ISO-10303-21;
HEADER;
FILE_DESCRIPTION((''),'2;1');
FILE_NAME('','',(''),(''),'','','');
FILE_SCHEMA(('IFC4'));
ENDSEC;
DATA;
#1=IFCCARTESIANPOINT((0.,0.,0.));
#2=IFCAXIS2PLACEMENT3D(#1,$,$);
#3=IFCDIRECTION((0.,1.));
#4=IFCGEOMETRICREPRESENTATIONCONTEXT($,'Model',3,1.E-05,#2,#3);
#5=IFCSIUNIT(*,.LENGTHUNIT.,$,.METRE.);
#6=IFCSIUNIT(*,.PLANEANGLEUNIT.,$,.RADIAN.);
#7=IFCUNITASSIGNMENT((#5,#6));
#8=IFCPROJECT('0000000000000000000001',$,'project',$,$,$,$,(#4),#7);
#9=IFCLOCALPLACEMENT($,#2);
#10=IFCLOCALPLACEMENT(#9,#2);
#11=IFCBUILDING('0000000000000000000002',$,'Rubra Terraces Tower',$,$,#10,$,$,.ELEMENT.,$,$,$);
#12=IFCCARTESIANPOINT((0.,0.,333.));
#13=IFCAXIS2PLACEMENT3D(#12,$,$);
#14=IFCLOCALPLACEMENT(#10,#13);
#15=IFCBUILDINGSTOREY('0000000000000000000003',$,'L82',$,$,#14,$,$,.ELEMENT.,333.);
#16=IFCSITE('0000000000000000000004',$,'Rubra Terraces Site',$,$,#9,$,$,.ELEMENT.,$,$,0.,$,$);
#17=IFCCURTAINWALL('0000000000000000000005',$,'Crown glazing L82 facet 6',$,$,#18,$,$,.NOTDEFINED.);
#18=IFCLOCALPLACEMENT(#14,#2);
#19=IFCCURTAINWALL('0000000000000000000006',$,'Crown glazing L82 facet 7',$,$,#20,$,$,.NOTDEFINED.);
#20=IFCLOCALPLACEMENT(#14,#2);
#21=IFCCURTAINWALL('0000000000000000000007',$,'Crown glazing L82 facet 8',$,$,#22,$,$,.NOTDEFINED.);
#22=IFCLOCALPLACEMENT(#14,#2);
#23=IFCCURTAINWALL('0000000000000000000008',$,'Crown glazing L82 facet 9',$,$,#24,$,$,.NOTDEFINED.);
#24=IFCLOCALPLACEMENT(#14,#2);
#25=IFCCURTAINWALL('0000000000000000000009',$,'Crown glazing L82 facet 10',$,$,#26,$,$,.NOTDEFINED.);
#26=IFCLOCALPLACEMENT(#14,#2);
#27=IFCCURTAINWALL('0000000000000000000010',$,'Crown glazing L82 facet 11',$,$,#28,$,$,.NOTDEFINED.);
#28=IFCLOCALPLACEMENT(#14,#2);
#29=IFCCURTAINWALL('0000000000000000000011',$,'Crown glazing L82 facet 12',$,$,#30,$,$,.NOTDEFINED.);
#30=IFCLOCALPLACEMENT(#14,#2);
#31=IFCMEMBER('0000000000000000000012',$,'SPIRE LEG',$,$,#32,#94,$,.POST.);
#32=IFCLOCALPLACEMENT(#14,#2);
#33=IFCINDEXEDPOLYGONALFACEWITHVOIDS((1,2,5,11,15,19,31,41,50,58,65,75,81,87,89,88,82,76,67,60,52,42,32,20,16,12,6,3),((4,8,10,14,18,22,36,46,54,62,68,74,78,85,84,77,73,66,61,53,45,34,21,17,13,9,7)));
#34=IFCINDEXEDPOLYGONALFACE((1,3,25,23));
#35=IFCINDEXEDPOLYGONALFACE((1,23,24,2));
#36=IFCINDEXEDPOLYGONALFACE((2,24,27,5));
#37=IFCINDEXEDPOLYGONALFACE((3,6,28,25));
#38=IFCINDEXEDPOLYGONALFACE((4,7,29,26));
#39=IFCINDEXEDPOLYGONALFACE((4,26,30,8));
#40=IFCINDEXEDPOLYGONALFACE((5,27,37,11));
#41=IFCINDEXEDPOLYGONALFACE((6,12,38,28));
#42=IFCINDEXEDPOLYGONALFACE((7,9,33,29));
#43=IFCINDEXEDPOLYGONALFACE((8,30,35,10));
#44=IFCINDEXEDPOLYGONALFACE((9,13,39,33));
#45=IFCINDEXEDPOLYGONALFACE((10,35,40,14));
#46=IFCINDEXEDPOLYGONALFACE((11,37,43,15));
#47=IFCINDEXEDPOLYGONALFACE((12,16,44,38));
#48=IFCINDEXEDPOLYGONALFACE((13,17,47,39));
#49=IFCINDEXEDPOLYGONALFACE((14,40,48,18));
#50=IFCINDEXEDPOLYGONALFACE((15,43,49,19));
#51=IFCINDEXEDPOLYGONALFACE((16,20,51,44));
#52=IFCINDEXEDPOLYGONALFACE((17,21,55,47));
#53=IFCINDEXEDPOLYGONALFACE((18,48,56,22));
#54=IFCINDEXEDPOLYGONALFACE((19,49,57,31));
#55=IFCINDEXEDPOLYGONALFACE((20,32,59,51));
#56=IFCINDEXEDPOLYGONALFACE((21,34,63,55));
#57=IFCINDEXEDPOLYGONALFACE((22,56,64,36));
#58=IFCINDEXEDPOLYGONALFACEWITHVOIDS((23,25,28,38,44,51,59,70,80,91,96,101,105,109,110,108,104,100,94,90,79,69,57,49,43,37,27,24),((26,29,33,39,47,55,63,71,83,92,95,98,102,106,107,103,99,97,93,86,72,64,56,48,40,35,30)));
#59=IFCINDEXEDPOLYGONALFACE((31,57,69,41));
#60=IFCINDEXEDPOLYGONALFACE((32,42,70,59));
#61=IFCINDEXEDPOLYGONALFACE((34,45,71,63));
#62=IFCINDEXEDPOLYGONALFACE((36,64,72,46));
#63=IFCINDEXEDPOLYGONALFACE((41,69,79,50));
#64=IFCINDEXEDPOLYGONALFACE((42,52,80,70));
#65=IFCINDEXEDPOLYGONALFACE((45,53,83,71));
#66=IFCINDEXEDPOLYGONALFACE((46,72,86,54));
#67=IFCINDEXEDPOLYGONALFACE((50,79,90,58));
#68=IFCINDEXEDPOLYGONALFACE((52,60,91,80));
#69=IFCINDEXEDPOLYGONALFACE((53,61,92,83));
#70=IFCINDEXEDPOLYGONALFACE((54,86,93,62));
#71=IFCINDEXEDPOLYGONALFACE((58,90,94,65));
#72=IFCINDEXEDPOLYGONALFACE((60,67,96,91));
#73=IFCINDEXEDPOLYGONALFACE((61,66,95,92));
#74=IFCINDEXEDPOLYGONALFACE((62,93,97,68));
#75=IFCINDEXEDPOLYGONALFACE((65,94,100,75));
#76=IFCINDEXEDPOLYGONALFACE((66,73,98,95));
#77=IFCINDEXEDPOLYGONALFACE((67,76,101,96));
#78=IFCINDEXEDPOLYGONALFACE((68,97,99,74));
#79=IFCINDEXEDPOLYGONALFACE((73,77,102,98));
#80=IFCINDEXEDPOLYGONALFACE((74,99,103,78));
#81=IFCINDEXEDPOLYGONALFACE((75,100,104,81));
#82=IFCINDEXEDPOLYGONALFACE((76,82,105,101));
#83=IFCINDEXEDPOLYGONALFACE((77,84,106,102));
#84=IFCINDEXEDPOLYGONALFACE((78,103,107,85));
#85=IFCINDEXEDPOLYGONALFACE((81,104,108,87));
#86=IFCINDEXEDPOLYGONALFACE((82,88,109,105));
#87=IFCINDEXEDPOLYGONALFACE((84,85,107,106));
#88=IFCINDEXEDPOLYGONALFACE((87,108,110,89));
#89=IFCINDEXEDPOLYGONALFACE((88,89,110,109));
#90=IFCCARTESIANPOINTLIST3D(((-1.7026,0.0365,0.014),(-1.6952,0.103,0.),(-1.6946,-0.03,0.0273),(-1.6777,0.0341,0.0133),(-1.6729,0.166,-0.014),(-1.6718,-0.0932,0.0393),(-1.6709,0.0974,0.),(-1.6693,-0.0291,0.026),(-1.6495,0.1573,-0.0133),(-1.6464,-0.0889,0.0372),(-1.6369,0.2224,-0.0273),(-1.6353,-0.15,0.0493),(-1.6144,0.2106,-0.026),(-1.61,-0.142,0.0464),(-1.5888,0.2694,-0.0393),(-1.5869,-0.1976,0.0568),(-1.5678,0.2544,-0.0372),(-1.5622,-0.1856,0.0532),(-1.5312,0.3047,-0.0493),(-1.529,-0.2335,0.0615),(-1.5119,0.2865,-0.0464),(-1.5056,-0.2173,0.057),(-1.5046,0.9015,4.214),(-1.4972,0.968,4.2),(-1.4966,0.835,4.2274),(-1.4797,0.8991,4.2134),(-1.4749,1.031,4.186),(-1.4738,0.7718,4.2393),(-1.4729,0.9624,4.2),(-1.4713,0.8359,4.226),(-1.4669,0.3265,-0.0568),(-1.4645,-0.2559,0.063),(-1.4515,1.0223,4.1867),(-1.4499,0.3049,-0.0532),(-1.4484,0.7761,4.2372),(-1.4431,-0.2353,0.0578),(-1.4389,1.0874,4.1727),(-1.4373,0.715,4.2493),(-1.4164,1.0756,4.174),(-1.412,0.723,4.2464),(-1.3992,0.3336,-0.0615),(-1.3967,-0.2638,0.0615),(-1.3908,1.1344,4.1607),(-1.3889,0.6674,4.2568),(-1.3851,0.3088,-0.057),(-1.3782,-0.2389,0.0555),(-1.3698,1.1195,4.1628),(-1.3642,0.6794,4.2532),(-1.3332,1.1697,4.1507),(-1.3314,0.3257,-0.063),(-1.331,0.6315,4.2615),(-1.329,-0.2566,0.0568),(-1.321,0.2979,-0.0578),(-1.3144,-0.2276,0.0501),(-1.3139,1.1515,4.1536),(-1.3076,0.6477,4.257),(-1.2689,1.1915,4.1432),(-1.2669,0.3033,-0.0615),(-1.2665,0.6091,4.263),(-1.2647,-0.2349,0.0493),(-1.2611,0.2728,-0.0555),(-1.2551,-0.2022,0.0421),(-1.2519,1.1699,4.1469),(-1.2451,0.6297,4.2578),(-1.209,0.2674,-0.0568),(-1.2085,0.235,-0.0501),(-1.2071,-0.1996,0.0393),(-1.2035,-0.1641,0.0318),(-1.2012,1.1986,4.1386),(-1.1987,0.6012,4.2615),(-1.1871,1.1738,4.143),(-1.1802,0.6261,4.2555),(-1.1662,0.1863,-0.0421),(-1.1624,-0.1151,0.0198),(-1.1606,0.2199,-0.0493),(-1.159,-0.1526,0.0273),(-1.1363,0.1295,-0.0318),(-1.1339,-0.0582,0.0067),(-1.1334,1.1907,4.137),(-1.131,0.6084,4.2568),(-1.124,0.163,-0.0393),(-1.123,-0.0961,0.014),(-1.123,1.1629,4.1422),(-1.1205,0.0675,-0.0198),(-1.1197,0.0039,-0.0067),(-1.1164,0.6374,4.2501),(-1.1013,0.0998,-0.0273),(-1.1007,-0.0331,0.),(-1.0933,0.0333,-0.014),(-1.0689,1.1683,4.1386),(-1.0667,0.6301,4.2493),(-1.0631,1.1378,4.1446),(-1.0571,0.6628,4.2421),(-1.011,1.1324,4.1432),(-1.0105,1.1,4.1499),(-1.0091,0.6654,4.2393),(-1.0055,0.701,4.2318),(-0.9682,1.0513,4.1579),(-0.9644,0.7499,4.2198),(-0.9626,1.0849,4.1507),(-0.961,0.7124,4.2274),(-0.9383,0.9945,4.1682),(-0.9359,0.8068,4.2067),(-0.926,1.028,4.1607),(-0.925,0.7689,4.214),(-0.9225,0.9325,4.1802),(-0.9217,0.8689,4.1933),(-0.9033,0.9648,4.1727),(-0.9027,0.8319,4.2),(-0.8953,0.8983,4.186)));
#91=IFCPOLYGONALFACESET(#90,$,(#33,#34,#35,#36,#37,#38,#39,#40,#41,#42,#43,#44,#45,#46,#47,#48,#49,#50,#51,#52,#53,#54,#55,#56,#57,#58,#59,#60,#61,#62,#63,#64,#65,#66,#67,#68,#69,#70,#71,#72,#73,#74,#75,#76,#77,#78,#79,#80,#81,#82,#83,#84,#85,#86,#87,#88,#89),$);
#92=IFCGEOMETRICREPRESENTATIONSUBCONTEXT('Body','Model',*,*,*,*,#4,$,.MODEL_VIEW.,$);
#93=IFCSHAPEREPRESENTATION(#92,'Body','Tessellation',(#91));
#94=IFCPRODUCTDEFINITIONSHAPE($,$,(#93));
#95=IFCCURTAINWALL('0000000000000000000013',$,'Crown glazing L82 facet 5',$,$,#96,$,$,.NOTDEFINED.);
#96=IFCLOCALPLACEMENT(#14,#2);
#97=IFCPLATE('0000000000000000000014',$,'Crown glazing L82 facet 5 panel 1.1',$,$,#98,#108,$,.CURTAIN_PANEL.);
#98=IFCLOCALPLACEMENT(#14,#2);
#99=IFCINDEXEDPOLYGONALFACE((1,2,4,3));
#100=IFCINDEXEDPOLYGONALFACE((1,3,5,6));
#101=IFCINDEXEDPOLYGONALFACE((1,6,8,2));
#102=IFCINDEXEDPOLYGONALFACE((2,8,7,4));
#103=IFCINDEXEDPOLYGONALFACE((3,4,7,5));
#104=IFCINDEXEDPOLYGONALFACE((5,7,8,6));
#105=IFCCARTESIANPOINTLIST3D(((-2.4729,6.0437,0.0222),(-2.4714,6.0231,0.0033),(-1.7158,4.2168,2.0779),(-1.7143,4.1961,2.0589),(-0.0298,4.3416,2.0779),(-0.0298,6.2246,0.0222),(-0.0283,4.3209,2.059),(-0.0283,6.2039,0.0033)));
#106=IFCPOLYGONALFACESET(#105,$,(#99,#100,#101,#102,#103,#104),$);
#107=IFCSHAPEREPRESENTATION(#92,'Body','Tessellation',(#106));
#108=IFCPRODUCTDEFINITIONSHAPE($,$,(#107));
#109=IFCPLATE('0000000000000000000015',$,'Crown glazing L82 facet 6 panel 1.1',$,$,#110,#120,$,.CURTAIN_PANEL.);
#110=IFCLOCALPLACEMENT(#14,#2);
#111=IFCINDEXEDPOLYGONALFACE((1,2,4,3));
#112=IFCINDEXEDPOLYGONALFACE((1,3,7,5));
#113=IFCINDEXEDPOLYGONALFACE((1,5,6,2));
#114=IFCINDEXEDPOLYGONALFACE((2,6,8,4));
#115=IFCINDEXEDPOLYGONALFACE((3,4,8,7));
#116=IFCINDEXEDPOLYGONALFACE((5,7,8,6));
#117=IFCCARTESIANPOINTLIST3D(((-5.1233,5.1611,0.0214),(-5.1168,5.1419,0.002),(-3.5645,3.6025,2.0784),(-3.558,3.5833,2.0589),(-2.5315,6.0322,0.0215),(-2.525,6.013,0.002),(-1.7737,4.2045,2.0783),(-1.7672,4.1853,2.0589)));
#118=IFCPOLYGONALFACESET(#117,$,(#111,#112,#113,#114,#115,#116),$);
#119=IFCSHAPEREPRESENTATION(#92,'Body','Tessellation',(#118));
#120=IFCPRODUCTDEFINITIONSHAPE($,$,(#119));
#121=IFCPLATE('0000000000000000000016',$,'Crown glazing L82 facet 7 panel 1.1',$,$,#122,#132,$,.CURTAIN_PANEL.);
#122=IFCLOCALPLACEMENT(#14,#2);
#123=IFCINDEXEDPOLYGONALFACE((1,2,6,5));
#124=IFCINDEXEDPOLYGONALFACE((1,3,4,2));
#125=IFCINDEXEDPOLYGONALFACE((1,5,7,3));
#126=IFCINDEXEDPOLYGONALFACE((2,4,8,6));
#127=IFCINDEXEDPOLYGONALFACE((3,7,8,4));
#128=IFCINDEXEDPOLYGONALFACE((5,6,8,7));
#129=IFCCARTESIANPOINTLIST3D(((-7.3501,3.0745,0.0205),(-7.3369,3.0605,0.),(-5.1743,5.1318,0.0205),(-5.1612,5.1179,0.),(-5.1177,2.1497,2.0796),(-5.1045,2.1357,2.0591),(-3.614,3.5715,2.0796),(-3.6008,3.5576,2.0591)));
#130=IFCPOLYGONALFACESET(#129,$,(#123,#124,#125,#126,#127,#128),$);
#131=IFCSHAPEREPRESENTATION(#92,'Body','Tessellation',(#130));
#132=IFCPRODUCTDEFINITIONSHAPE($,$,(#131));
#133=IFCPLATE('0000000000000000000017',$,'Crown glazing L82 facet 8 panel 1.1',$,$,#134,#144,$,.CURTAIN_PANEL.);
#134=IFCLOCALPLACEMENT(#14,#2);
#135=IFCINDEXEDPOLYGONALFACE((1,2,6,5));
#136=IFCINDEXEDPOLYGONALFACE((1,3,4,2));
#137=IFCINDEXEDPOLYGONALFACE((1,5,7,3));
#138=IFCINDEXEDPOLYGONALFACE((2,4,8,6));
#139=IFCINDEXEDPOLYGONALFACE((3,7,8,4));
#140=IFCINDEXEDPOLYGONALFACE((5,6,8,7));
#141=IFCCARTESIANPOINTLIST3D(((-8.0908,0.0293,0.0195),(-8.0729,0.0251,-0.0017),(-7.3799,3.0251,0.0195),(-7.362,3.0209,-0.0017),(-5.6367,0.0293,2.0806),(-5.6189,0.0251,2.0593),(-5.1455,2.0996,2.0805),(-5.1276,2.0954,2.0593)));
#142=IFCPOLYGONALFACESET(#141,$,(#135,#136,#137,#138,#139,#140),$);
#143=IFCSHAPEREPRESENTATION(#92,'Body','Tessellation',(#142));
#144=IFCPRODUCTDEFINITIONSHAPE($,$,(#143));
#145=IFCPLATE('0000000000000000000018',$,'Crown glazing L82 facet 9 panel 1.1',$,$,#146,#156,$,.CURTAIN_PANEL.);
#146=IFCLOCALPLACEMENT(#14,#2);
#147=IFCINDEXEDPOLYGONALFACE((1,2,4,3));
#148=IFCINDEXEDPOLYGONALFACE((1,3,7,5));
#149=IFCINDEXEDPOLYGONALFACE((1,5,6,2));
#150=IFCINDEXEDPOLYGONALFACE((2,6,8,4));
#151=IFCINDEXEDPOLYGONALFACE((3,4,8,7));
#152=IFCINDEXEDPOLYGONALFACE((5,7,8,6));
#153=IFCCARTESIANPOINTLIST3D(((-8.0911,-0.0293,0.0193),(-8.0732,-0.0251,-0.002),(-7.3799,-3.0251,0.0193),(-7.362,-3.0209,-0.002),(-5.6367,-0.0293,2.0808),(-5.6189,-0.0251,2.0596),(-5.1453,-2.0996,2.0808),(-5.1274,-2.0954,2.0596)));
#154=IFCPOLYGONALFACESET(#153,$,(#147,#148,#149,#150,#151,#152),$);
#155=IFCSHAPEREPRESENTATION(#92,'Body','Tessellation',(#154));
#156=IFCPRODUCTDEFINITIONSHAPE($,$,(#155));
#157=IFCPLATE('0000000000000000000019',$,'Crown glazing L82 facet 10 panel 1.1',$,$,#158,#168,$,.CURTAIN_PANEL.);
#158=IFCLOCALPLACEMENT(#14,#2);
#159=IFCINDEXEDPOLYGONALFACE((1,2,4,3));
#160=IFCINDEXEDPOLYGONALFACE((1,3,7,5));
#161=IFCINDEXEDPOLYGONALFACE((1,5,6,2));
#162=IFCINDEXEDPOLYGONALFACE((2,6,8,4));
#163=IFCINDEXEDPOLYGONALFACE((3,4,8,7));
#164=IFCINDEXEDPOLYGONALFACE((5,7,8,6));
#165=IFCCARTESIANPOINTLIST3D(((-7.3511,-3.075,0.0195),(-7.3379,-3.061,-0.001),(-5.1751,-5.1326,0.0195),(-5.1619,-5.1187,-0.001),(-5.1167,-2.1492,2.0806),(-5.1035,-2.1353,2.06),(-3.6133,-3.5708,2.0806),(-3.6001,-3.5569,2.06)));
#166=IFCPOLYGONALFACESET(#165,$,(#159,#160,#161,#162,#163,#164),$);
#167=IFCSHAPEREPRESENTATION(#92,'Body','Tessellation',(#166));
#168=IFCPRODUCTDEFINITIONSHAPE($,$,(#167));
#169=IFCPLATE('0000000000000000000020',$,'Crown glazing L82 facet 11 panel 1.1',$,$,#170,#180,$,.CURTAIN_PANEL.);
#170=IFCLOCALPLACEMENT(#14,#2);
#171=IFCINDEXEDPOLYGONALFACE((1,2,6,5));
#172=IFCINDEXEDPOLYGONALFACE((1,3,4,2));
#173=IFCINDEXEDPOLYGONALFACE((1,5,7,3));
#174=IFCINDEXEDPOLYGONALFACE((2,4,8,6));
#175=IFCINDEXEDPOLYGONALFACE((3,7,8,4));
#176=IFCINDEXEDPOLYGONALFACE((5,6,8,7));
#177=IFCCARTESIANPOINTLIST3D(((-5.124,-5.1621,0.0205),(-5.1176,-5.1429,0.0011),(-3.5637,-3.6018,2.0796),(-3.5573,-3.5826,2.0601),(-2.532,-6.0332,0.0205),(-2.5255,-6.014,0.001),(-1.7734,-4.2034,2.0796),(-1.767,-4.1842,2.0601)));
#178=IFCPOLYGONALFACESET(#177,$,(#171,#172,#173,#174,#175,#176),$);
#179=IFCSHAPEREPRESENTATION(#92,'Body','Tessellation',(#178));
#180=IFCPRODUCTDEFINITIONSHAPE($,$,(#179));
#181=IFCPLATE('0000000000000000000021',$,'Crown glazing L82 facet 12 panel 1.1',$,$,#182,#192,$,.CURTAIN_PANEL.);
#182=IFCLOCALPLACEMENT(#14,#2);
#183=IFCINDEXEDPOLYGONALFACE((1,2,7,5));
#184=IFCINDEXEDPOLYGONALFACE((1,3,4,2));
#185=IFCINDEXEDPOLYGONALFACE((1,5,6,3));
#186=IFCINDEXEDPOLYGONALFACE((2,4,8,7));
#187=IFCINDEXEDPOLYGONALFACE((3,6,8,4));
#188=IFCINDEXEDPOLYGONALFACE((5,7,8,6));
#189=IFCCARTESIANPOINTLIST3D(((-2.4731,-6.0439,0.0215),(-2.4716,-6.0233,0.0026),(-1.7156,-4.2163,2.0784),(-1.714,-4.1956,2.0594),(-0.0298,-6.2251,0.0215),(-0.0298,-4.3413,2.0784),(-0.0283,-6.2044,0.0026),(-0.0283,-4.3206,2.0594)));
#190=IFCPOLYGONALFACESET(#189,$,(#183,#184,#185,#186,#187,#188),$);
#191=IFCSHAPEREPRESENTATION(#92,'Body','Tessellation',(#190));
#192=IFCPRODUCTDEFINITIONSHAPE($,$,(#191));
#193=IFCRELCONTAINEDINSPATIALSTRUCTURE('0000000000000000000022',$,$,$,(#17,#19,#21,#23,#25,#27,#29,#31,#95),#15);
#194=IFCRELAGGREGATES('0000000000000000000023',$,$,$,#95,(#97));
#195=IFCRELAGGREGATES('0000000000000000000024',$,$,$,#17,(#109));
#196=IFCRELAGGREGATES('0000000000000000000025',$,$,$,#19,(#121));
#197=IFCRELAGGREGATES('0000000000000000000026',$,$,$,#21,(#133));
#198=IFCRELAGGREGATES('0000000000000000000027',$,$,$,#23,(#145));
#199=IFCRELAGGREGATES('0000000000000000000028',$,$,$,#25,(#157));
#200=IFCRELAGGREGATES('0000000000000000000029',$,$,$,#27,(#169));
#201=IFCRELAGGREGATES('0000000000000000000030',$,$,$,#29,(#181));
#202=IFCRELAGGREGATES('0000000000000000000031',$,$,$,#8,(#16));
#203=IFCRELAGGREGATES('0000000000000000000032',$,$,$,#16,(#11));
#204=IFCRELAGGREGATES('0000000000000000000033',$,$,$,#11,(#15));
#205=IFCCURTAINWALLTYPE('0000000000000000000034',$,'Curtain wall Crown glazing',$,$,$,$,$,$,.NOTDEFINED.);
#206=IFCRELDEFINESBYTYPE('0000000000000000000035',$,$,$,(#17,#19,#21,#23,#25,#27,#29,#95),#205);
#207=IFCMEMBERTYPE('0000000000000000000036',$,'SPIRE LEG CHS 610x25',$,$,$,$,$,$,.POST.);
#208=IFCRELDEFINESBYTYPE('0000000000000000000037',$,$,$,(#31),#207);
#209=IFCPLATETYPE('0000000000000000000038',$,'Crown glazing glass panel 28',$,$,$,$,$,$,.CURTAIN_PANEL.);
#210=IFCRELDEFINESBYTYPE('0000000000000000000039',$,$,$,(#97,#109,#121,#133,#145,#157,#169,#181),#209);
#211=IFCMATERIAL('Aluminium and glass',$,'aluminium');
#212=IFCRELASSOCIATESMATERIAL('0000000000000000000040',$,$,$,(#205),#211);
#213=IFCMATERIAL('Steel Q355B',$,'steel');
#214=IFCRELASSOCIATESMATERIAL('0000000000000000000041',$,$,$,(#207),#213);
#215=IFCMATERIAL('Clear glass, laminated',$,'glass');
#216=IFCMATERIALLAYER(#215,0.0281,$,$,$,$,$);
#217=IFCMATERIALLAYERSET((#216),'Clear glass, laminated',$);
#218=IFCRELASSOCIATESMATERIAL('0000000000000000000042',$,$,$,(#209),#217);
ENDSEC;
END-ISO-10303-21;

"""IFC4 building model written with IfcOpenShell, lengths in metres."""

from ifc_helpers import new_model, si_unit, direction, frame, origin, origin_2d, place, context, subcontext, project, spatial, polyline, hollow_circle, outline, extrude, material, layer, layer_set, material_profile, profile_set, type_object, element, aggregate, save


model = new_model("IFC4")

# Units and contexts
model_context = context("Model", 3, precision=1e-05, world=origin(), true_north=direction((0.0, 1.0)))
body_context = subcontext(model_context, "Body", "Model", "MODEL_VIEW")
ifc_project = project(units=[si_unit("LENGTHUNIT", "METRE"), si_unit("PLANEANGLEUNIT", "RADIAN")], contexts=[model_context])

# Site, building, storey
site_placement = place(None, origin())
site = spatial("IfcSite", under=ifc_project, at=site_placement, Name="Rubra Terraces Site", CompositionType="ELEMENT", RefElevation=0.0)
building_placement = place(site_placement, origin())
building = spatial("IfcBuilding", under=site, at=building_placement, Name="Rubra Terraces Tower", CompositionType="ELEMENT")
storey_placement = place(building_placement, frame((0.0, 0.0, 333.0)))
storey = spatial("IfcBuildingStorey", under=building, at=storey_placement, Name="L82", CompositionType="ELEMENT", Elevation=333.0)

# Shared definitions
ifc_material_1 = material(Name="Steel Q355B", Category="steel")

# Curtain walls
ifc_material_2 = material(Name="Aluminium and glass", Category="aluminium")
curtain_wall_type = type_object("IfcCurtainWallType", Name="Curtain wall Crown glazing", PredefinedType="NOTDEFINED", material=ifc_material_2)
curtain_wall_1_placement = place(storey_placement, origin())
curtain_wall_1 = element("IfcCurtainWall", 1, at=curtain_wall_1_placement, inside=storey, type_object=curtain_wall_type, Name="Crown glazing L82 facet 6", PredefinedType="NOTDEFINED")
curtain_wall_2_placement = place(storey_placement, origin())
curtain_wall_2 = element("IfcCurtainWall", 2, at=curtain_wall_2_placement, inside=storey, type_object=curtain_wall_type, Name="Crown glazing L82 facet 7", PredefinedType="NOTDEFINED")
curtain_wall_3_placement = place(storey_placement, origin())
curtain_wall_3 = element("IfcCurtainWall", 3, at=curtain_wall_3_placement, inside=storey, type_object=curtain_wall_type, Name="Crown glazing L82 facet 8", PredefinedType="NOTDEFINED")
curtain_wall_4_placement = place(storey_placement, origin())
curtain_wall_4 = element("IfcCurtainWall", 4, at=curtain_wall_4_placement, inside=storey, type_object=curtain_wall_type, Name="Crown glazing L82 facet 9", PredefinedType="NOTDEFINED")
curtain_wall_5_placement = place(storey_placement, origin())
curtain_wall_5 = element("IfcCurtainWall", 5, at=curtain_wall_5_placement, inside=storey, type_object=curtain_wall_type, Name="Crown glazing L82 facet 10", PredefinedType="NOTDEFINED")
curtain_wall_6_placement = place(storey_placement, origin())
curtain_wall_6 = element("IfcCurtainWall", 6, at=curtain_wall_6_placement, inside=storey, type_object=curtain_wall_type, Name="Crown glazing L82 facet 11", PredefinedType="NOTDEFINED")
curtain_wall_7_placement = place(storey_placement, origin())
curtain_wall_7 = element("IfcCurtainWall", 7, at=curtain_wall_7_placement, inside=storey, type_object=curtain_wall_type, Name="Crown glazing L82 facet 12", PredefinedType="NOTDEFINED")

# Member
ifc_material_profile_1 = material_profile(ifc_material_1, hollow_circle(Radius=0.3049, WallThickness=0.0249, at=origin_2d()), Name="CHS 610x25")
ifc_profile_set_1 = profile_set([ifc_material_profile_1], Name="Steel Q355B")
member_type_1 = type_object("IfcMemberType", Name="SPIRE LEG CHS 610x25", PredefinedType="POST", material=ifc_profile_set_1)
member_1_placement = place(storey_placement, frame((-1.3979, 0.0349, 0.0), z_axis=(0.046125, 0.201504, 0.978401), x_axis=(-0.974788, 0.223131, 0.0)))
element("IfcMember", 8, at=member_1_placement, inside=storey, type_object=member_type_1, Name="SPIRE LEG", PredefinedType="POST", context=body_context, shape_type="SweptSolid", body=[
    extrude(hollow_circle(Radius=0.3049, WallThickness=0.0249, at=origin_2d()), origin(), (0.0, 0.0, 1.0), 4.2927),
])

# Curtain wall, plate
curtain_wall_8_placement = place(storey_placement, origin())
curtain_wall_8 = element("IfcCurtainWall", 9, at=curtain_wall_8_placement, inside=storey, type_object=curtain_wall_type, Name="Crown glazing L82 facet 5", PredefinedType="NOTDEFINED")
ifc_material_3 = material(Name="Clear glass, laminated", Category="glass")
ifc_layer = layer(ifc_material_3, 0.0281)
ifc_layer_set = layer_set([ifc_layer], Name="Clear glass, laminated")
plate_type = type_object("IfcPlateType", Name="Crown glazing glass panel 28", PredefinedType="CURTAIN_PANEL", material=ifc_layer_set)
plate_1_placement = place(storey_placement, frame((-0.0298, 6.2246, 0.0222), z_axis=(-0.054505, 0.7363, 0.674456), x_axis=(-0.997271, -0.073834, 0.000011)))
plate_1 = element("IfcPlate", 10, at=plate_1_placement, type_object=plate_type, Name="Crown glazing L82 facet 5 panel 1.1", PredefinedType="CURTAIN_PANEL", context=body_context, shape_type="SweptSolid", body=[
    extrude(outline(polyline([(0.0, 0.0), (2.4498, 0.0), (1.8297, 2.7842), (0.1391, 2.7843), (0.0, 0.0)])), origin(), (0.0, 0.0, -1.0), 0.0281),
])
aggregate(curtain_wall_8, [plate_1])

# Plates
plate_2_placement = place(storey_placement, frame((-2.5315, 6.0322, 0.0215), z_axis=(-0.229885, 0.683902, 0.692409), x_axis=(-0.947889, -0.318602, -0.000018)))
plate_2 = element("IfcPlate", 11, at=plate_2_placement, type_object=plate_type, Name="Crown glazing L82 facet 6 panel 1.1", PredefinedType="CURTAIN_PANEL", context=body_context, shape_type="SweptSolid", body=[
    extrude(outline(polyline([(0.0, 0.0), (2.7343, 0.0), (1.7532, 2.8509), (-0.1361, 2.8508), (0.0, 0.0)])), origin(), (0.0, 0.0, -1.0), 0.0281),
])
aggregate(curtain_wall_1, [plate_2])
plate_3_placement = place(storey_placement, frame((-5.1743, 5.1318, 0.0205), z_axis=(-0.468842, 0.495819, 0.730993), x_axis=(-0.7266, -0.687061, -0.000003)))
plate_3 = element("IfcPlate", 12, at=plate_3_placement, type_object=plate_type, Name="Crown glazing L82 facet 7 panel 1.1", PredefinedType="CURTAIN_PANEL", context=body_context, shape_type="SweptSolid", body=[
    extrude(outline(polyline([(0.0, 0.0), (2.9945, 0.0), (2.0078, 3.0175), (-0.0617, 3.0175), (0.0, 0.0)])), origin(), (0.0, 0.0, -1.0), 0.0281),
])
aggregate(curtain_wall_2, [plate_3])
plate_4_placement = place(storey_placement, frame((-7.3799, 3.0251, 0.0195), z_axis=(-0.635765, 0.15086, 0.756997), x_axis=(-0.230888, -0.97298, -0.000008)))
plate_4 = element("IfcPlate", 13, at=plate_4_placement, type_object=plate_type, Name="Crown glazing L82 facet 8 panel 1.1", PredefinedType="CURTAIN_PANEL", context=body_context, shape_type="SweptSolid", body=[
    extrude(outline(polyline([(0.0, 0.0), (3.079, 0.0), (2.5124, 3.1543), (0.3846, 3.1542), (0.0, 0.0)])), origin(), (0.0, 0.0, -1.0), 0.0281),
])
aggregate(curtain_wall_3, [plate_4])
plate_5_placement = place(storey_placement, frame((-8.0911, -0.0293, 0.0193), z_axis=(-0.635802, -0.150931, 0.756951), x_axis=(0.230969, -0.972961, 0.000001)))
plate_5 = element("IfcPlate", 14, at=plate_5_placement, type_object=plate_type, Name="Crown glazing L82 facet 9 panel 1.1", PredefinedType="CURTAIN_PANEL", context=body_context, shape_type="SweptSolid", body=[
    extrude(outline(polyline([(0.0, 0.0), (3.0791, 0.0), (2.6947, 3.1547), (0.5669, 3.1547), (0.0, 0.0)])), origin(), (0.0, 0.0, -1.0), 0.0281),
])
aggregate(curtain_wall_4, [plate_5])
plate_6_placement = place(storey_placement, frame((-7.3511, -3.075, 0.0195), z_axis=(-0.468845, -0.495823, 0.730989), x_axis=(0.726598, -0.687062, 0.000002)))
plate_6 = element("IfcPlate", 15, at=plate_6_placement, type_object=plate_type, Name="Crown glazing L82 facet 10 panel 1.1", PredefinedType="CURTAIN_PANEL", context=body_context, shape_type="SweptSolid", body=[
    extrude(outline(polyline([(0.0, 0.0), (2.9948, 0.0), (3.0566, 3.0203), (0.9874, 3.0203), (0.0, 0.0)])), origin(), (0.0, 0.0, -1.0), 0.0281),
])
aggregate(curtain_wall_5, [plate_6])
plate_7_placement = place(storey_placement, frame((-5.124, -5.1621, 0.0205), z_axis=(-0.229825, -0.683914, 0.692418), x_axis=(0.947907, -0.318548, -0.000009)))
plate_7 = element("IfcPlate", 16, at=plate_7_placement, type_object=plate_type, Name="Crown glazing L82 facet 11 panel 1.1", PredefinedType="CURTAIN_PANEL", context=body_context, shape_type="SweptSolid", body=[
    extrude(outline(polyline([(0.0, 0.0), (2.7345, 0.0), (2.8706, 2.8539), (0.982, 2.8539), (0.0, 0.0)])), origin(), (0.0, 0.0, -1.0), 0.0281),
])
aggregate(curtain_wall_6, [plate_7])
plate_8_placement = place(storey_placement, frame((-2.4731, -6.0439, 0.0215), z_axis=(-0.054596, -0.736354, 0.67439), x_axis=(0.997263, -0.07394, 0.000002)))
plate_8 = element("IfcPlate", 17, at=plate_8_placement, type_object=plate_type, Name="Crown glazing L82 facet 12 panel 1.1", PredefinedType="CURTAIN_PANEL", context=body_context, shape_type="SweptSolid", body=[
    extrude(outline(polyline([(0.0, 0.0), (2.4501, 0.0), (2.3108, 2.7857), (0.6204, 2.7857), (0.0, 0.0)])), origin(), (0.0, 0.0, -1.0), 0.0281),
])
aggregate(curtain_wall_7, [plate_8])

save(model, "model.ifc")
